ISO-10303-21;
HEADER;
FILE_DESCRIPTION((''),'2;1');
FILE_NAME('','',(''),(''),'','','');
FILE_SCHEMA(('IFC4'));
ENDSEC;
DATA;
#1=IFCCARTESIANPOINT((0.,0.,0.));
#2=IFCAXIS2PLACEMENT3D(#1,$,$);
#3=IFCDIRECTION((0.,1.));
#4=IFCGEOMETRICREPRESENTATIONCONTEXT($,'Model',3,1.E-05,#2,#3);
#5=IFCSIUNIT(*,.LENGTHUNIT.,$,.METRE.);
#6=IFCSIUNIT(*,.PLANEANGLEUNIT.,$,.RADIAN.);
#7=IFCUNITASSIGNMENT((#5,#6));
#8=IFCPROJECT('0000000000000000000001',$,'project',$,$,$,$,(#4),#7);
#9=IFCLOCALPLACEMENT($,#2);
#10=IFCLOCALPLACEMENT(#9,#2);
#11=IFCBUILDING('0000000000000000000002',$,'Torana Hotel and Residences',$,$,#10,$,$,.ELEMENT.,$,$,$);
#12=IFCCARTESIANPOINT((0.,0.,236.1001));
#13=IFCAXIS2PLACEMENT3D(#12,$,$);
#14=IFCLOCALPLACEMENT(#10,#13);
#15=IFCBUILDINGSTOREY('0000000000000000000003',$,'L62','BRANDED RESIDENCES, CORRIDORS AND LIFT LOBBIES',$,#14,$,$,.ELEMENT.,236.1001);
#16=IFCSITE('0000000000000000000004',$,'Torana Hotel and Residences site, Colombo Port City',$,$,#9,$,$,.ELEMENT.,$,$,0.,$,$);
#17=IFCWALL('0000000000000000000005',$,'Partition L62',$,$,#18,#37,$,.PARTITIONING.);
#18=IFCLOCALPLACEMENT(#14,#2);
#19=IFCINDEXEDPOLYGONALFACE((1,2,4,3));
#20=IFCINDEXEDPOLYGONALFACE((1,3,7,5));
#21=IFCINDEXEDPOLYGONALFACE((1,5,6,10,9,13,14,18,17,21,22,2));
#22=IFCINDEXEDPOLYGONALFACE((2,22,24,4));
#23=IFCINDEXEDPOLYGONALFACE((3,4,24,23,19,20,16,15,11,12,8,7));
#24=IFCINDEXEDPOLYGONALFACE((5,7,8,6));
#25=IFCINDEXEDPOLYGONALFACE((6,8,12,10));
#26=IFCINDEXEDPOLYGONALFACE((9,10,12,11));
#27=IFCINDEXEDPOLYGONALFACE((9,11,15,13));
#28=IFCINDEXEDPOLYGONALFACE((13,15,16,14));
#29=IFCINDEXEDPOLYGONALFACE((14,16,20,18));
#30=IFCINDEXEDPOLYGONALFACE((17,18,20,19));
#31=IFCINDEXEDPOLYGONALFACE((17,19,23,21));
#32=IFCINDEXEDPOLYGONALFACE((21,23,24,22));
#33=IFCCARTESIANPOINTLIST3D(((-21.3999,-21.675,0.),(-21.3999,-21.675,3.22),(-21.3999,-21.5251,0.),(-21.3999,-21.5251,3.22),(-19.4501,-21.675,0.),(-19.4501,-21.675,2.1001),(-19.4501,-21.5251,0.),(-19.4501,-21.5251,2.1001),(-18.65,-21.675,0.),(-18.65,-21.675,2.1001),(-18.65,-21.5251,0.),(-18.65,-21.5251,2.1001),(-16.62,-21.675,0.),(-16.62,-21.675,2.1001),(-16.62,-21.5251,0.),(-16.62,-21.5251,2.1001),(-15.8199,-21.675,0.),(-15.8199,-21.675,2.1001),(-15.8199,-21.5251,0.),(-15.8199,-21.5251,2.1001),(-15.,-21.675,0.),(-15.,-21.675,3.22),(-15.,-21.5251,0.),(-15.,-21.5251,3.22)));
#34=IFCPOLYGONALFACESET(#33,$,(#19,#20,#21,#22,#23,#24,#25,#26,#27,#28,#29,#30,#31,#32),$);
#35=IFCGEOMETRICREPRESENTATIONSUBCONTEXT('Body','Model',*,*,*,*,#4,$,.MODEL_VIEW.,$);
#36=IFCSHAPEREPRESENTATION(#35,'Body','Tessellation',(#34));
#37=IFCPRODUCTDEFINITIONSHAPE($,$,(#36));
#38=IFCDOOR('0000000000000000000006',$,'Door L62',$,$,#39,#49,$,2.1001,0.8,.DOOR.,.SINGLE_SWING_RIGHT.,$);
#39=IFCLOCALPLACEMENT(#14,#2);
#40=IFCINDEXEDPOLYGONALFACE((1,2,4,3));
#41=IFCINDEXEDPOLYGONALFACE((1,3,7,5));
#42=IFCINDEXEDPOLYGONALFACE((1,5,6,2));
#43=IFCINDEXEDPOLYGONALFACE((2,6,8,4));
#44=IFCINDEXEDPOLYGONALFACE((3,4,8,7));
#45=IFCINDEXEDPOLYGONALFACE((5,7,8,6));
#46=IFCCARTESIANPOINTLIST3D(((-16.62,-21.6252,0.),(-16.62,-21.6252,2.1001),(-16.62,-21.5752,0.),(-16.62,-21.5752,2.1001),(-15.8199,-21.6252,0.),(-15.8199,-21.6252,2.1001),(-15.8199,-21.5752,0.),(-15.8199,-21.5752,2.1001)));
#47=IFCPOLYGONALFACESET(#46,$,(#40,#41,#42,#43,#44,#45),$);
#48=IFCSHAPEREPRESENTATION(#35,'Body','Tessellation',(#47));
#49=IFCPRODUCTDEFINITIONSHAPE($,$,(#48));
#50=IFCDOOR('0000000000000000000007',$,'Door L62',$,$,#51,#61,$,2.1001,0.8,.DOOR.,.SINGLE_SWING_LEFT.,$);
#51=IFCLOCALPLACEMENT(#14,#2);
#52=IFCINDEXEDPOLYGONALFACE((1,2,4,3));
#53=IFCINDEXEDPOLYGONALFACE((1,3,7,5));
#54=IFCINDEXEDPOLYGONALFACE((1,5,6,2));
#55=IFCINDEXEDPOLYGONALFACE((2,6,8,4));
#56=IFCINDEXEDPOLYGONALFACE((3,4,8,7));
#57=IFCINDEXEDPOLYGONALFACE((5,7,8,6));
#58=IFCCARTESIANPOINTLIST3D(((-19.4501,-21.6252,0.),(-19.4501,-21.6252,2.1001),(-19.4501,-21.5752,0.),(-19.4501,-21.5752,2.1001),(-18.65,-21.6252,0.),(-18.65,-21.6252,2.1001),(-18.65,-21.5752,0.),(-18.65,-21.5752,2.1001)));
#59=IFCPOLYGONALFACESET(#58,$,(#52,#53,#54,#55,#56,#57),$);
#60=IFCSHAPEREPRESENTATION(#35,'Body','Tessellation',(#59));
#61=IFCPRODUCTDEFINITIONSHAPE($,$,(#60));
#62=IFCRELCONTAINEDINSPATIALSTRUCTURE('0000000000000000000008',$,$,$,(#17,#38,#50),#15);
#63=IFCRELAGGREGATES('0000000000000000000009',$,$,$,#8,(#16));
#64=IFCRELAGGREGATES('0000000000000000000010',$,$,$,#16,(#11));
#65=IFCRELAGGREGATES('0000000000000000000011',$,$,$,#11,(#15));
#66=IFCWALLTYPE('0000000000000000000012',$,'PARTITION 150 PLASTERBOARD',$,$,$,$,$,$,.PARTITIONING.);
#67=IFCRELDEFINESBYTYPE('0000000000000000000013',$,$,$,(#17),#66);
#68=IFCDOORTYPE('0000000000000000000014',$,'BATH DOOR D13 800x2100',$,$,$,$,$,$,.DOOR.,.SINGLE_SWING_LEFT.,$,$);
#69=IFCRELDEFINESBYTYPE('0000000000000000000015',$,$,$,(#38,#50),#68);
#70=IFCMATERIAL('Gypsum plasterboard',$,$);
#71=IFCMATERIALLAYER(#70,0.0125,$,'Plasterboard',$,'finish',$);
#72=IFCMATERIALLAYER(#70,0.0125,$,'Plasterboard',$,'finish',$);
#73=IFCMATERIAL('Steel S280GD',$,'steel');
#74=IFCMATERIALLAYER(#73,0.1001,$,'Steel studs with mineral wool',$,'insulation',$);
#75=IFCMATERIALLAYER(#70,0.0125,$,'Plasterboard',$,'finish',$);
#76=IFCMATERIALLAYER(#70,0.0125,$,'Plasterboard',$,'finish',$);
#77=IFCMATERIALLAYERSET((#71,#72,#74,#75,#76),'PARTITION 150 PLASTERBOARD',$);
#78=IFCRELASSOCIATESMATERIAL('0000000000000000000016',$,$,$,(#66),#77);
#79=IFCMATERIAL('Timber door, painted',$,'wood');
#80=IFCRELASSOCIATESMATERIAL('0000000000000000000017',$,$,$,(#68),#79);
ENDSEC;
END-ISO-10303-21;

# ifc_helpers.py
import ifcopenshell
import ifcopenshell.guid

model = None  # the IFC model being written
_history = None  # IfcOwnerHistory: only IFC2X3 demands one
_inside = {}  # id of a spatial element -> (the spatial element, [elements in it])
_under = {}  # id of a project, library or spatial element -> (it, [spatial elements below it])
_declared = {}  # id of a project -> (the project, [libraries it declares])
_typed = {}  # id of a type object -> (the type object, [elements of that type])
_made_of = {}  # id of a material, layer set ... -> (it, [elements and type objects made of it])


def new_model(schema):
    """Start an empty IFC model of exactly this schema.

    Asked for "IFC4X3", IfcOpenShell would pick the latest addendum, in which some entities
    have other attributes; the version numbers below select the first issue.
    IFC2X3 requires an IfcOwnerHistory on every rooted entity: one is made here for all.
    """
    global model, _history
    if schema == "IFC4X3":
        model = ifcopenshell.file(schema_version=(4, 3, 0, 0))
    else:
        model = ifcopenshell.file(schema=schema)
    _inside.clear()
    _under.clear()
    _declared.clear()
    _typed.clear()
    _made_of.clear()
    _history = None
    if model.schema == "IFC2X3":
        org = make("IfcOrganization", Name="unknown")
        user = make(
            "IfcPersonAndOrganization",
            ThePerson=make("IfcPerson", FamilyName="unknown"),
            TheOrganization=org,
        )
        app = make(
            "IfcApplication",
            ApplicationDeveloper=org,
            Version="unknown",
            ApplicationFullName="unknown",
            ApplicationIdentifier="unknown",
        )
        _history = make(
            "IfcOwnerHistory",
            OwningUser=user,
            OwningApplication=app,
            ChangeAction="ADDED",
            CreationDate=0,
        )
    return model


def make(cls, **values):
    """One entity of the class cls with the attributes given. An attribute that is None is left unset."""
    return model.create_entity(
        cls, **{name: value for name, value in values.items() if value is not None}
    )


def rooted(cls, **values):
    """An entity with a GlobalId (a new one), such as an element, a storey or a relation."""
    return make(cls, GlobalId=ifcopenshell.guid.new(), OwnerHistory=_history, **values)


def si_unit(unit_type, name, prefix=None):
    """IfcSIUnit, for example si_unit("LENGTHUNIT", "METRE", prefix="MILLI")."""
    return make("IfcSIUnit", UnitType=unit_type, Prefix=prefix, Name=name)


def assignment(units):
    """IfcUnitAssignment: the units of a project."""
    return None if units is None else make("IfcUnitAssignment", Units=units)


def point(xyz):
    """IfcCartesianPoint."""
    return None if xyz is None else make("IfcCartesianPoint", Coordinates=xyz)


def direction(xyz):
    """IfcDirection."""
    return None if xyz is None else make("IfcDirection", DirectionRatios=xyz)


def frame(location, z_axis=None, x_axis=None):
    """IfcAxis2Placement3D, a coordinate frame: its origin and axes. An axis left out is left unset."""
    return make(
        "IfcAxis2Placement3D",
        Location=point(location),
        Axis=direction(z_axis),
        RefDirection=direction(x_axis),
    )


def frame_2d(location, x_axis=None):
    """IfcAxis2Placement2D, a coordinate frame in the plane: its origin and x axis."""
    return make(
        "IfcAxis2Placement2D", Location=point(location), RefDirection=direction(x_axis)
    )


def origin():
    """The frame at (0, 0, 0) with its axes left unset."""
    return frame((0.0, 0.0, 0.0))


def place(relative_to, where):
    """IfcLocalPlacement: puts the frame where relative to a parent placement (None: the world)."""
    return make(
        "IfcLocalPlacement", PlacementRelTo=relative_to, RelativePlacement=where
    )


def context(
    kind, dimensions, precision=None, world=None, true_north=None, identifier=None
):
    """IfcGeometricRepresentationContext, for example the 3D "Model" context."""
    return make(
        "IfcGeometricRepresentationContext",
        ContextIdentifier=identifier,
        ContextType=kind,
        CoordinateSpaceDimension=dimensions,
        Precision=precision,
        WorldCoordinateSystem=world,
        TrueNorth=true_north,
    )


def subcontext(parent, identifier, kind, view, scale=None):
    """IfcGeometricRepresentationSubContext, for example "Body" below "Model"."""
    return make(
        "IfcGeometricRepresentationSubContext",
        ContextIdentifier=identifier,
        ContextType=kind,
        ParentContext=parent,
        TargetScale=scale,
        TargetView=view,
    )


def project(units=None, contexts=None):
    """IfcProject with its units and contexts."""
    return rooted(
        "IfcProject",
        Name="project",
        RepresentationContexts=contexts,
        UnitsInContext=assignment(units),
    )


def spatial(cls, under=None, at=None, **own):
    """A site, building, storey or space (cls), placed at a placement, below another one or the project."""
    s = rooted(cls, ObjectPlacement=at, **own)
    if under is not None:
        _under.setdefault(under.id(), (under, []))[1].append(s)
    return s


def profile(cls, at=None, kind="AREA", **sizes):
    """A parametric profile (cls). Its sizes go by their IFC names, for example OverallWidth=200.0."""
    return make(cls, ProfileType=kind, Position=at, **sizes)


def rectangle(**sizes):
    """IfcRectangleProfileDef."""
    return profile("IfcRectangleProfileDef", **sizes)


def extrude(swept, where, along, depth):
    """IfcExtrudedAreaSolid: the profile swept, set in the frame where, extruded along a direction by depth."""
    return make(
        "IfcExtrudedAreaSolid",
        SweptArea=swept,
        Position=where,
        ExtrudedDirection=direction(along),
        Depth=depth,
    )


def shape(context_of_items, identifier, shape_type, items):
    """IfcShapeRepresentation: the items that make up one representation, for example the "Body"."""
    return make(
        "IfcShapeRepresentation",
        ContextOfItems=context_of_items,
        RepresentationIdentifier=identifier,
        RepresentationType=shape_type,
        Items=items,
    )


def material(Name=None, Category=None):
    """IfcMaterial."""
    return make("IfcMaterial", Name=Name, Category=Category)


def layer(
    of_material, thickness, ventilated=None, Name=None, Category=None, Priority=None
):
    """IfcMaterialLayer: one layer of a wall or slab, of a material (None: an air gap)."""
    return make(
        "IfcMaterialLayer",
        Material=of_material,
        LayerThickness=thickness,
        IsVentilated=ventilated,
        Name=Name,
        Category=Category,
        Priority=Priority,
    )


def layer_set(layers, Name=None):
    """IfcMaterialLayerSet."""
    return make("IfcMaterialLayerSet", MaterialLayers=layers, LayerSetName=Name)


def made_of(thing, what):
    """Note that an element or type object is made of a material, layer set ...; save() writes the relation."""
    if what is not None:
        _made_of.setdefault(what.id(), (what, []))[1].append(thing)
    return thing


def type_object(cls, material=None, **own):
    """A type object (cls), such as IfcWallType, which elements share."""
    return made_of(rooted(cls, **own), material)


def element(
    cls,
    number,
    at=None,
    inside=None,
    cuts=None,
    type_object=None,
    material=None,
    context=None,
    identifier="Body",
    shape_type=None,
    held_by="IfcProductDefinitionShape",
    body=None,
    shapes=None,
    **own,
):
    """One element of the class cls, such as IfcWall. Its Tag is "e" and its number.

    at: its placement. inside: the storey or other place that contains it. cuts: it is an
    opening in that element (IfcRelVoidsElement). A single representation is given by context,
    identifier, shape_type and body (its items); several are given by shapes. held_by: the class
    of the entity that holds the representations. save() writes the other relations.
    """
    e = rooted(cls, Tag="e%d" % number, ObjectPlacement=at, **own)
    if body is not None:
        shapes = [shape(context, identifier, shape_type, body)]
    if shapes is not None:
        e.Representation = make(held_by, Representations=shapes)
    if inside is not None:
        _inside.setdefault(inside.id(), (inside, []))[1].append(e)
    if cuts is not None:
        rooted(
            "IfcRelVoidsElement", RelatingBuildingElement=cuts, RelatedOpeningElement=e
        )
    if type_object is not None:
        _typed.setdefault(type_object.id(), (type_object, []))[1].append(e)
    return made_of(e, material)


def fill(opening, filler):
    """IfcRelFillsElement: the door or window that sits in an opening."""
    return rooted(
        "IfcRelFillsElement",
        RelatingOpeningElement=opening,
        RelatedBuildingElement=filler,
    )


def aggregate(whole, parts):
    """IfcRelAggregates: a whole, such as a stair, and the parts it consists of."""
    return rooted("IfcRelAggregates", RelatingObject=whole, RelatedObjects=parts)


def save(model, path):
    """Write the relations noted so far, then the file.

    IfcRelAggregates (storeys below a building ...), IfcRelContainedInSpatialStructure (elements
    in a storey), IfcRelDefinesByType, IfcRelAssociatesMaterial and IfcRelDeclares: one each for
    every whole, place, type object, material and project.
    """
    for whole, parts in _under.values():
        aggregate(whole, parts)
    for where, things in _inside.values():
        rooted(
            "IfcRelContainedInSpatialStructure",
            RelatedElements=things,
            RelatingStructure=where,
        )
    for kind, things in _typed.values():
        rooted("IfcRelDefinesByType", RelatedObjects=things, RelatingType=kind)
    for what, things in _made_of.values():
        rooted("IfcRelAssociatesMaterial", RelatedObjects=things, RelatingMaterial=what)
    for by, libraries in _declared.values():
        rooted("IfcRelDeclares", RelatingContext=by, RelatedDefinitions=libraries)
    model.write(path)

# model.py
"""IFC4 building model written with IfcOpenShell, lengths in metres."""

from ifc_helpers import new_model, si_unit, direction, frame, frame_2d, origin, place, context, subcontext, project, spatial, rectangle, extrude, material, layer, layer_set, type_object, element, fill, save


model = new_model("IFC4")

# Units and contexts
model_context = context("Model", 3, precision=1e-05, world=origin(), true_north=direction((0.0, 1.0)))
body_context = subcontext(model_context, "Body", "Model", "MODEL_VIEW")
ifc_project = project(units=[si_unit("LENGTHUNIT", "METRE"), si_unit("PLANEANGLEUNIT", "RADIAN")], contexts=[model_context])

# Site, building, storey
site_placement = place(None, origin())
site = spatial("IfcSite", under=ifc_project, at=site_placement, Name="Torana Hotel and Residences site, Colombo Port City", CompositionType="ELEMENT", RefElevation=0.0)
building_placement = place(site_placement, origin())
building = spatial("IfcBuilding", under=site, at=building_placement, Name="Torana Hotel and Residences", CompositionType="ELEMENT")
storey_placement = place(building_placement, frame((0.0, 0.0, 236.1001)))
storey = spatial("IfcBuildingStorey", under=building, at=storey_placement, Name="L62", Description="BRANDED RESIDENCES, CORRIDORS AND LIFT LOBBIES", CompositionType="ELEMENT", Elevation=236.1001)

# Shared definitions
ifc_material_1 = material(Name="Gypsum plasterboard")
ifc_layer_1 = layer(ifc_material_1, 0.0125, Name="Plasterboard", Category="finish")
ifc_layer_2 = layer(ifc_material_1, 0.0125, Name="Plasterboard", Category="finish")
ifc_material_2 = material(Name="Steel S280GD", Category="steel")
ifc_layer_3 = layer(ifc_material_2, 0.1001, Name="Steel studs with mineral wool", Category="insulation")
ifc_layer_4 = layer(ifc_material_1, 0.0125, Name="Plasterboard", Category="finish")
ifc_layer_5 = layer(ifc_material_1, 0.0125, Name="Plasterboard", Category="finish")
ifc_layer_set_1 = layer_set([ifc_layer_1, ifc_layer_2, ifc_layer_3, ifc_layer_4, ifc_layer_5], Name="PARTITION 150 PLASTERBOARD")
wall_type_1 = type_object("IfcWallType", Name="PARTITION 150 PLASTERBOARD", PredefinedType="PARTITIONING", material=ifc_layer_set_1)

# Wall, openings, doors
wall_1_placement = place(storey_placement, frame((-21.3999, -21.6001, 0.0), z_axis=(0.0, 0.0, 1.0), x_axis=(1.0, 0.0, 0.0)))
wall_1 = element("IfcWall", 1, at=wall_1_placement, inside=storey, type_object=wall_type_1, Name="Partition L62", PredefinedType="PARTITIONING", context=body_context, shape_type="SweptSolid", body=[
    extrude(rectangle(XDim=6.3999, YDim=0.1499, at=frame_2d((3.2, 0.0))), origin(), (0.0, 0.0, 1.0), 3.22),
])
opening_1_placement = place(wall_1_placement, frame((4.78, 0.0, 0.0)))
opening_1 = element("IfcOpeningElement", 2, at=opening_1_placement, cuts=wall_1, PredefinedType="OPENING", context=body_context, shape_type="SweptSolid", body=[
    extrude(rectangle(XDim=0.8, YDim=2.1001, at=frame_2d((0.3999, 1.05))), frame((0.0, 0.085, 0.0), z_axis=(0.0, -1.0, 0.0), x_axis=(1.0, 0.0, 0.0)), (0.0, 0.0, 1.0), 0.1699),
])
opening_2_placement = place(wall_1_placement, frame((1.95, 0.0, 0.0)))
opening_2 = element("IfcOpeningElement", 3, at=opening_2_placement, cuts=wall_1, PredefinedType="OPENING", context=body_context, shape_type="SweptSolid", body=[
    extrude(rectangle(XDim=0.8, YDim=2.1001, at=frame_2d((0.3999, 1.05))), frame((0.0, 0.085, 0.0), z_axis=(0.0, -1.0, 0.0), x_axis=(1.0, 0.0, 0.0)), (0.0, 0.0, 1.0), 0.1699),
])
ifc_material_3 = material(Name="Timber door, painted", Category="wood")
door_type_1 = type_object("IfcDoorType", Name="BATH DOOR D13 800x2100", OperationType="SINGLE_SWING_LEFT", PredefinedType="DOOR", material=ifc_material_3)
door_1_placement = place(opening_1_placement, origin())
door_1 = element("IfcDoor", 4, at=door_1_placement, inside=storey, type_object=door_type_1, Name="Door L62", OperationType="SINGLE_SWING_RIGHT", OverallHeight=2.1001, OverallWidth=0.8, PredefinedType="DOOR", context=body_context, shape_type="SweptSolid", body=[
    extrude(rectangle(XDim=0.8, YDim=2.1001, at=frame_2d((0.3999, 1.05))), frame((0.0, 0.0249, 0.0), z_axis=(0.0, -1.0, 0.0), x_axis=(1.0, 0.0, 0.0)), (0.0, 0.0, 1.0), 0.05),
])
fill(opening_1, door_1)
door_2_placement = place(opening_2_placement, origin())
door_2 = element("IfcDoor", 5, at=door_2_placement, inside=storey, type_object=door_type_1, Name="Door L62", OperationType="SINGLE_SWING_LEFT", OverallHeight=2.1001, OverallWidth=0.8, PredefinedType="DOOR", context=body_context, shape_type="SweptSolid", body=[
    extrude(rectangle(XDim=0.8, YDim=2.1001, at=frame_2d((0.3999, 1.05))), frame((0.0, 0.0249, 0.0), z_axis=(0.0, -1.0, 0.0), x_axis=(1.0, 0.0, 0.0)), (0.0, 0.0, 1.0), 0.05),
])
fill(opening_2, door_2)

save(model, "model.ifc")
